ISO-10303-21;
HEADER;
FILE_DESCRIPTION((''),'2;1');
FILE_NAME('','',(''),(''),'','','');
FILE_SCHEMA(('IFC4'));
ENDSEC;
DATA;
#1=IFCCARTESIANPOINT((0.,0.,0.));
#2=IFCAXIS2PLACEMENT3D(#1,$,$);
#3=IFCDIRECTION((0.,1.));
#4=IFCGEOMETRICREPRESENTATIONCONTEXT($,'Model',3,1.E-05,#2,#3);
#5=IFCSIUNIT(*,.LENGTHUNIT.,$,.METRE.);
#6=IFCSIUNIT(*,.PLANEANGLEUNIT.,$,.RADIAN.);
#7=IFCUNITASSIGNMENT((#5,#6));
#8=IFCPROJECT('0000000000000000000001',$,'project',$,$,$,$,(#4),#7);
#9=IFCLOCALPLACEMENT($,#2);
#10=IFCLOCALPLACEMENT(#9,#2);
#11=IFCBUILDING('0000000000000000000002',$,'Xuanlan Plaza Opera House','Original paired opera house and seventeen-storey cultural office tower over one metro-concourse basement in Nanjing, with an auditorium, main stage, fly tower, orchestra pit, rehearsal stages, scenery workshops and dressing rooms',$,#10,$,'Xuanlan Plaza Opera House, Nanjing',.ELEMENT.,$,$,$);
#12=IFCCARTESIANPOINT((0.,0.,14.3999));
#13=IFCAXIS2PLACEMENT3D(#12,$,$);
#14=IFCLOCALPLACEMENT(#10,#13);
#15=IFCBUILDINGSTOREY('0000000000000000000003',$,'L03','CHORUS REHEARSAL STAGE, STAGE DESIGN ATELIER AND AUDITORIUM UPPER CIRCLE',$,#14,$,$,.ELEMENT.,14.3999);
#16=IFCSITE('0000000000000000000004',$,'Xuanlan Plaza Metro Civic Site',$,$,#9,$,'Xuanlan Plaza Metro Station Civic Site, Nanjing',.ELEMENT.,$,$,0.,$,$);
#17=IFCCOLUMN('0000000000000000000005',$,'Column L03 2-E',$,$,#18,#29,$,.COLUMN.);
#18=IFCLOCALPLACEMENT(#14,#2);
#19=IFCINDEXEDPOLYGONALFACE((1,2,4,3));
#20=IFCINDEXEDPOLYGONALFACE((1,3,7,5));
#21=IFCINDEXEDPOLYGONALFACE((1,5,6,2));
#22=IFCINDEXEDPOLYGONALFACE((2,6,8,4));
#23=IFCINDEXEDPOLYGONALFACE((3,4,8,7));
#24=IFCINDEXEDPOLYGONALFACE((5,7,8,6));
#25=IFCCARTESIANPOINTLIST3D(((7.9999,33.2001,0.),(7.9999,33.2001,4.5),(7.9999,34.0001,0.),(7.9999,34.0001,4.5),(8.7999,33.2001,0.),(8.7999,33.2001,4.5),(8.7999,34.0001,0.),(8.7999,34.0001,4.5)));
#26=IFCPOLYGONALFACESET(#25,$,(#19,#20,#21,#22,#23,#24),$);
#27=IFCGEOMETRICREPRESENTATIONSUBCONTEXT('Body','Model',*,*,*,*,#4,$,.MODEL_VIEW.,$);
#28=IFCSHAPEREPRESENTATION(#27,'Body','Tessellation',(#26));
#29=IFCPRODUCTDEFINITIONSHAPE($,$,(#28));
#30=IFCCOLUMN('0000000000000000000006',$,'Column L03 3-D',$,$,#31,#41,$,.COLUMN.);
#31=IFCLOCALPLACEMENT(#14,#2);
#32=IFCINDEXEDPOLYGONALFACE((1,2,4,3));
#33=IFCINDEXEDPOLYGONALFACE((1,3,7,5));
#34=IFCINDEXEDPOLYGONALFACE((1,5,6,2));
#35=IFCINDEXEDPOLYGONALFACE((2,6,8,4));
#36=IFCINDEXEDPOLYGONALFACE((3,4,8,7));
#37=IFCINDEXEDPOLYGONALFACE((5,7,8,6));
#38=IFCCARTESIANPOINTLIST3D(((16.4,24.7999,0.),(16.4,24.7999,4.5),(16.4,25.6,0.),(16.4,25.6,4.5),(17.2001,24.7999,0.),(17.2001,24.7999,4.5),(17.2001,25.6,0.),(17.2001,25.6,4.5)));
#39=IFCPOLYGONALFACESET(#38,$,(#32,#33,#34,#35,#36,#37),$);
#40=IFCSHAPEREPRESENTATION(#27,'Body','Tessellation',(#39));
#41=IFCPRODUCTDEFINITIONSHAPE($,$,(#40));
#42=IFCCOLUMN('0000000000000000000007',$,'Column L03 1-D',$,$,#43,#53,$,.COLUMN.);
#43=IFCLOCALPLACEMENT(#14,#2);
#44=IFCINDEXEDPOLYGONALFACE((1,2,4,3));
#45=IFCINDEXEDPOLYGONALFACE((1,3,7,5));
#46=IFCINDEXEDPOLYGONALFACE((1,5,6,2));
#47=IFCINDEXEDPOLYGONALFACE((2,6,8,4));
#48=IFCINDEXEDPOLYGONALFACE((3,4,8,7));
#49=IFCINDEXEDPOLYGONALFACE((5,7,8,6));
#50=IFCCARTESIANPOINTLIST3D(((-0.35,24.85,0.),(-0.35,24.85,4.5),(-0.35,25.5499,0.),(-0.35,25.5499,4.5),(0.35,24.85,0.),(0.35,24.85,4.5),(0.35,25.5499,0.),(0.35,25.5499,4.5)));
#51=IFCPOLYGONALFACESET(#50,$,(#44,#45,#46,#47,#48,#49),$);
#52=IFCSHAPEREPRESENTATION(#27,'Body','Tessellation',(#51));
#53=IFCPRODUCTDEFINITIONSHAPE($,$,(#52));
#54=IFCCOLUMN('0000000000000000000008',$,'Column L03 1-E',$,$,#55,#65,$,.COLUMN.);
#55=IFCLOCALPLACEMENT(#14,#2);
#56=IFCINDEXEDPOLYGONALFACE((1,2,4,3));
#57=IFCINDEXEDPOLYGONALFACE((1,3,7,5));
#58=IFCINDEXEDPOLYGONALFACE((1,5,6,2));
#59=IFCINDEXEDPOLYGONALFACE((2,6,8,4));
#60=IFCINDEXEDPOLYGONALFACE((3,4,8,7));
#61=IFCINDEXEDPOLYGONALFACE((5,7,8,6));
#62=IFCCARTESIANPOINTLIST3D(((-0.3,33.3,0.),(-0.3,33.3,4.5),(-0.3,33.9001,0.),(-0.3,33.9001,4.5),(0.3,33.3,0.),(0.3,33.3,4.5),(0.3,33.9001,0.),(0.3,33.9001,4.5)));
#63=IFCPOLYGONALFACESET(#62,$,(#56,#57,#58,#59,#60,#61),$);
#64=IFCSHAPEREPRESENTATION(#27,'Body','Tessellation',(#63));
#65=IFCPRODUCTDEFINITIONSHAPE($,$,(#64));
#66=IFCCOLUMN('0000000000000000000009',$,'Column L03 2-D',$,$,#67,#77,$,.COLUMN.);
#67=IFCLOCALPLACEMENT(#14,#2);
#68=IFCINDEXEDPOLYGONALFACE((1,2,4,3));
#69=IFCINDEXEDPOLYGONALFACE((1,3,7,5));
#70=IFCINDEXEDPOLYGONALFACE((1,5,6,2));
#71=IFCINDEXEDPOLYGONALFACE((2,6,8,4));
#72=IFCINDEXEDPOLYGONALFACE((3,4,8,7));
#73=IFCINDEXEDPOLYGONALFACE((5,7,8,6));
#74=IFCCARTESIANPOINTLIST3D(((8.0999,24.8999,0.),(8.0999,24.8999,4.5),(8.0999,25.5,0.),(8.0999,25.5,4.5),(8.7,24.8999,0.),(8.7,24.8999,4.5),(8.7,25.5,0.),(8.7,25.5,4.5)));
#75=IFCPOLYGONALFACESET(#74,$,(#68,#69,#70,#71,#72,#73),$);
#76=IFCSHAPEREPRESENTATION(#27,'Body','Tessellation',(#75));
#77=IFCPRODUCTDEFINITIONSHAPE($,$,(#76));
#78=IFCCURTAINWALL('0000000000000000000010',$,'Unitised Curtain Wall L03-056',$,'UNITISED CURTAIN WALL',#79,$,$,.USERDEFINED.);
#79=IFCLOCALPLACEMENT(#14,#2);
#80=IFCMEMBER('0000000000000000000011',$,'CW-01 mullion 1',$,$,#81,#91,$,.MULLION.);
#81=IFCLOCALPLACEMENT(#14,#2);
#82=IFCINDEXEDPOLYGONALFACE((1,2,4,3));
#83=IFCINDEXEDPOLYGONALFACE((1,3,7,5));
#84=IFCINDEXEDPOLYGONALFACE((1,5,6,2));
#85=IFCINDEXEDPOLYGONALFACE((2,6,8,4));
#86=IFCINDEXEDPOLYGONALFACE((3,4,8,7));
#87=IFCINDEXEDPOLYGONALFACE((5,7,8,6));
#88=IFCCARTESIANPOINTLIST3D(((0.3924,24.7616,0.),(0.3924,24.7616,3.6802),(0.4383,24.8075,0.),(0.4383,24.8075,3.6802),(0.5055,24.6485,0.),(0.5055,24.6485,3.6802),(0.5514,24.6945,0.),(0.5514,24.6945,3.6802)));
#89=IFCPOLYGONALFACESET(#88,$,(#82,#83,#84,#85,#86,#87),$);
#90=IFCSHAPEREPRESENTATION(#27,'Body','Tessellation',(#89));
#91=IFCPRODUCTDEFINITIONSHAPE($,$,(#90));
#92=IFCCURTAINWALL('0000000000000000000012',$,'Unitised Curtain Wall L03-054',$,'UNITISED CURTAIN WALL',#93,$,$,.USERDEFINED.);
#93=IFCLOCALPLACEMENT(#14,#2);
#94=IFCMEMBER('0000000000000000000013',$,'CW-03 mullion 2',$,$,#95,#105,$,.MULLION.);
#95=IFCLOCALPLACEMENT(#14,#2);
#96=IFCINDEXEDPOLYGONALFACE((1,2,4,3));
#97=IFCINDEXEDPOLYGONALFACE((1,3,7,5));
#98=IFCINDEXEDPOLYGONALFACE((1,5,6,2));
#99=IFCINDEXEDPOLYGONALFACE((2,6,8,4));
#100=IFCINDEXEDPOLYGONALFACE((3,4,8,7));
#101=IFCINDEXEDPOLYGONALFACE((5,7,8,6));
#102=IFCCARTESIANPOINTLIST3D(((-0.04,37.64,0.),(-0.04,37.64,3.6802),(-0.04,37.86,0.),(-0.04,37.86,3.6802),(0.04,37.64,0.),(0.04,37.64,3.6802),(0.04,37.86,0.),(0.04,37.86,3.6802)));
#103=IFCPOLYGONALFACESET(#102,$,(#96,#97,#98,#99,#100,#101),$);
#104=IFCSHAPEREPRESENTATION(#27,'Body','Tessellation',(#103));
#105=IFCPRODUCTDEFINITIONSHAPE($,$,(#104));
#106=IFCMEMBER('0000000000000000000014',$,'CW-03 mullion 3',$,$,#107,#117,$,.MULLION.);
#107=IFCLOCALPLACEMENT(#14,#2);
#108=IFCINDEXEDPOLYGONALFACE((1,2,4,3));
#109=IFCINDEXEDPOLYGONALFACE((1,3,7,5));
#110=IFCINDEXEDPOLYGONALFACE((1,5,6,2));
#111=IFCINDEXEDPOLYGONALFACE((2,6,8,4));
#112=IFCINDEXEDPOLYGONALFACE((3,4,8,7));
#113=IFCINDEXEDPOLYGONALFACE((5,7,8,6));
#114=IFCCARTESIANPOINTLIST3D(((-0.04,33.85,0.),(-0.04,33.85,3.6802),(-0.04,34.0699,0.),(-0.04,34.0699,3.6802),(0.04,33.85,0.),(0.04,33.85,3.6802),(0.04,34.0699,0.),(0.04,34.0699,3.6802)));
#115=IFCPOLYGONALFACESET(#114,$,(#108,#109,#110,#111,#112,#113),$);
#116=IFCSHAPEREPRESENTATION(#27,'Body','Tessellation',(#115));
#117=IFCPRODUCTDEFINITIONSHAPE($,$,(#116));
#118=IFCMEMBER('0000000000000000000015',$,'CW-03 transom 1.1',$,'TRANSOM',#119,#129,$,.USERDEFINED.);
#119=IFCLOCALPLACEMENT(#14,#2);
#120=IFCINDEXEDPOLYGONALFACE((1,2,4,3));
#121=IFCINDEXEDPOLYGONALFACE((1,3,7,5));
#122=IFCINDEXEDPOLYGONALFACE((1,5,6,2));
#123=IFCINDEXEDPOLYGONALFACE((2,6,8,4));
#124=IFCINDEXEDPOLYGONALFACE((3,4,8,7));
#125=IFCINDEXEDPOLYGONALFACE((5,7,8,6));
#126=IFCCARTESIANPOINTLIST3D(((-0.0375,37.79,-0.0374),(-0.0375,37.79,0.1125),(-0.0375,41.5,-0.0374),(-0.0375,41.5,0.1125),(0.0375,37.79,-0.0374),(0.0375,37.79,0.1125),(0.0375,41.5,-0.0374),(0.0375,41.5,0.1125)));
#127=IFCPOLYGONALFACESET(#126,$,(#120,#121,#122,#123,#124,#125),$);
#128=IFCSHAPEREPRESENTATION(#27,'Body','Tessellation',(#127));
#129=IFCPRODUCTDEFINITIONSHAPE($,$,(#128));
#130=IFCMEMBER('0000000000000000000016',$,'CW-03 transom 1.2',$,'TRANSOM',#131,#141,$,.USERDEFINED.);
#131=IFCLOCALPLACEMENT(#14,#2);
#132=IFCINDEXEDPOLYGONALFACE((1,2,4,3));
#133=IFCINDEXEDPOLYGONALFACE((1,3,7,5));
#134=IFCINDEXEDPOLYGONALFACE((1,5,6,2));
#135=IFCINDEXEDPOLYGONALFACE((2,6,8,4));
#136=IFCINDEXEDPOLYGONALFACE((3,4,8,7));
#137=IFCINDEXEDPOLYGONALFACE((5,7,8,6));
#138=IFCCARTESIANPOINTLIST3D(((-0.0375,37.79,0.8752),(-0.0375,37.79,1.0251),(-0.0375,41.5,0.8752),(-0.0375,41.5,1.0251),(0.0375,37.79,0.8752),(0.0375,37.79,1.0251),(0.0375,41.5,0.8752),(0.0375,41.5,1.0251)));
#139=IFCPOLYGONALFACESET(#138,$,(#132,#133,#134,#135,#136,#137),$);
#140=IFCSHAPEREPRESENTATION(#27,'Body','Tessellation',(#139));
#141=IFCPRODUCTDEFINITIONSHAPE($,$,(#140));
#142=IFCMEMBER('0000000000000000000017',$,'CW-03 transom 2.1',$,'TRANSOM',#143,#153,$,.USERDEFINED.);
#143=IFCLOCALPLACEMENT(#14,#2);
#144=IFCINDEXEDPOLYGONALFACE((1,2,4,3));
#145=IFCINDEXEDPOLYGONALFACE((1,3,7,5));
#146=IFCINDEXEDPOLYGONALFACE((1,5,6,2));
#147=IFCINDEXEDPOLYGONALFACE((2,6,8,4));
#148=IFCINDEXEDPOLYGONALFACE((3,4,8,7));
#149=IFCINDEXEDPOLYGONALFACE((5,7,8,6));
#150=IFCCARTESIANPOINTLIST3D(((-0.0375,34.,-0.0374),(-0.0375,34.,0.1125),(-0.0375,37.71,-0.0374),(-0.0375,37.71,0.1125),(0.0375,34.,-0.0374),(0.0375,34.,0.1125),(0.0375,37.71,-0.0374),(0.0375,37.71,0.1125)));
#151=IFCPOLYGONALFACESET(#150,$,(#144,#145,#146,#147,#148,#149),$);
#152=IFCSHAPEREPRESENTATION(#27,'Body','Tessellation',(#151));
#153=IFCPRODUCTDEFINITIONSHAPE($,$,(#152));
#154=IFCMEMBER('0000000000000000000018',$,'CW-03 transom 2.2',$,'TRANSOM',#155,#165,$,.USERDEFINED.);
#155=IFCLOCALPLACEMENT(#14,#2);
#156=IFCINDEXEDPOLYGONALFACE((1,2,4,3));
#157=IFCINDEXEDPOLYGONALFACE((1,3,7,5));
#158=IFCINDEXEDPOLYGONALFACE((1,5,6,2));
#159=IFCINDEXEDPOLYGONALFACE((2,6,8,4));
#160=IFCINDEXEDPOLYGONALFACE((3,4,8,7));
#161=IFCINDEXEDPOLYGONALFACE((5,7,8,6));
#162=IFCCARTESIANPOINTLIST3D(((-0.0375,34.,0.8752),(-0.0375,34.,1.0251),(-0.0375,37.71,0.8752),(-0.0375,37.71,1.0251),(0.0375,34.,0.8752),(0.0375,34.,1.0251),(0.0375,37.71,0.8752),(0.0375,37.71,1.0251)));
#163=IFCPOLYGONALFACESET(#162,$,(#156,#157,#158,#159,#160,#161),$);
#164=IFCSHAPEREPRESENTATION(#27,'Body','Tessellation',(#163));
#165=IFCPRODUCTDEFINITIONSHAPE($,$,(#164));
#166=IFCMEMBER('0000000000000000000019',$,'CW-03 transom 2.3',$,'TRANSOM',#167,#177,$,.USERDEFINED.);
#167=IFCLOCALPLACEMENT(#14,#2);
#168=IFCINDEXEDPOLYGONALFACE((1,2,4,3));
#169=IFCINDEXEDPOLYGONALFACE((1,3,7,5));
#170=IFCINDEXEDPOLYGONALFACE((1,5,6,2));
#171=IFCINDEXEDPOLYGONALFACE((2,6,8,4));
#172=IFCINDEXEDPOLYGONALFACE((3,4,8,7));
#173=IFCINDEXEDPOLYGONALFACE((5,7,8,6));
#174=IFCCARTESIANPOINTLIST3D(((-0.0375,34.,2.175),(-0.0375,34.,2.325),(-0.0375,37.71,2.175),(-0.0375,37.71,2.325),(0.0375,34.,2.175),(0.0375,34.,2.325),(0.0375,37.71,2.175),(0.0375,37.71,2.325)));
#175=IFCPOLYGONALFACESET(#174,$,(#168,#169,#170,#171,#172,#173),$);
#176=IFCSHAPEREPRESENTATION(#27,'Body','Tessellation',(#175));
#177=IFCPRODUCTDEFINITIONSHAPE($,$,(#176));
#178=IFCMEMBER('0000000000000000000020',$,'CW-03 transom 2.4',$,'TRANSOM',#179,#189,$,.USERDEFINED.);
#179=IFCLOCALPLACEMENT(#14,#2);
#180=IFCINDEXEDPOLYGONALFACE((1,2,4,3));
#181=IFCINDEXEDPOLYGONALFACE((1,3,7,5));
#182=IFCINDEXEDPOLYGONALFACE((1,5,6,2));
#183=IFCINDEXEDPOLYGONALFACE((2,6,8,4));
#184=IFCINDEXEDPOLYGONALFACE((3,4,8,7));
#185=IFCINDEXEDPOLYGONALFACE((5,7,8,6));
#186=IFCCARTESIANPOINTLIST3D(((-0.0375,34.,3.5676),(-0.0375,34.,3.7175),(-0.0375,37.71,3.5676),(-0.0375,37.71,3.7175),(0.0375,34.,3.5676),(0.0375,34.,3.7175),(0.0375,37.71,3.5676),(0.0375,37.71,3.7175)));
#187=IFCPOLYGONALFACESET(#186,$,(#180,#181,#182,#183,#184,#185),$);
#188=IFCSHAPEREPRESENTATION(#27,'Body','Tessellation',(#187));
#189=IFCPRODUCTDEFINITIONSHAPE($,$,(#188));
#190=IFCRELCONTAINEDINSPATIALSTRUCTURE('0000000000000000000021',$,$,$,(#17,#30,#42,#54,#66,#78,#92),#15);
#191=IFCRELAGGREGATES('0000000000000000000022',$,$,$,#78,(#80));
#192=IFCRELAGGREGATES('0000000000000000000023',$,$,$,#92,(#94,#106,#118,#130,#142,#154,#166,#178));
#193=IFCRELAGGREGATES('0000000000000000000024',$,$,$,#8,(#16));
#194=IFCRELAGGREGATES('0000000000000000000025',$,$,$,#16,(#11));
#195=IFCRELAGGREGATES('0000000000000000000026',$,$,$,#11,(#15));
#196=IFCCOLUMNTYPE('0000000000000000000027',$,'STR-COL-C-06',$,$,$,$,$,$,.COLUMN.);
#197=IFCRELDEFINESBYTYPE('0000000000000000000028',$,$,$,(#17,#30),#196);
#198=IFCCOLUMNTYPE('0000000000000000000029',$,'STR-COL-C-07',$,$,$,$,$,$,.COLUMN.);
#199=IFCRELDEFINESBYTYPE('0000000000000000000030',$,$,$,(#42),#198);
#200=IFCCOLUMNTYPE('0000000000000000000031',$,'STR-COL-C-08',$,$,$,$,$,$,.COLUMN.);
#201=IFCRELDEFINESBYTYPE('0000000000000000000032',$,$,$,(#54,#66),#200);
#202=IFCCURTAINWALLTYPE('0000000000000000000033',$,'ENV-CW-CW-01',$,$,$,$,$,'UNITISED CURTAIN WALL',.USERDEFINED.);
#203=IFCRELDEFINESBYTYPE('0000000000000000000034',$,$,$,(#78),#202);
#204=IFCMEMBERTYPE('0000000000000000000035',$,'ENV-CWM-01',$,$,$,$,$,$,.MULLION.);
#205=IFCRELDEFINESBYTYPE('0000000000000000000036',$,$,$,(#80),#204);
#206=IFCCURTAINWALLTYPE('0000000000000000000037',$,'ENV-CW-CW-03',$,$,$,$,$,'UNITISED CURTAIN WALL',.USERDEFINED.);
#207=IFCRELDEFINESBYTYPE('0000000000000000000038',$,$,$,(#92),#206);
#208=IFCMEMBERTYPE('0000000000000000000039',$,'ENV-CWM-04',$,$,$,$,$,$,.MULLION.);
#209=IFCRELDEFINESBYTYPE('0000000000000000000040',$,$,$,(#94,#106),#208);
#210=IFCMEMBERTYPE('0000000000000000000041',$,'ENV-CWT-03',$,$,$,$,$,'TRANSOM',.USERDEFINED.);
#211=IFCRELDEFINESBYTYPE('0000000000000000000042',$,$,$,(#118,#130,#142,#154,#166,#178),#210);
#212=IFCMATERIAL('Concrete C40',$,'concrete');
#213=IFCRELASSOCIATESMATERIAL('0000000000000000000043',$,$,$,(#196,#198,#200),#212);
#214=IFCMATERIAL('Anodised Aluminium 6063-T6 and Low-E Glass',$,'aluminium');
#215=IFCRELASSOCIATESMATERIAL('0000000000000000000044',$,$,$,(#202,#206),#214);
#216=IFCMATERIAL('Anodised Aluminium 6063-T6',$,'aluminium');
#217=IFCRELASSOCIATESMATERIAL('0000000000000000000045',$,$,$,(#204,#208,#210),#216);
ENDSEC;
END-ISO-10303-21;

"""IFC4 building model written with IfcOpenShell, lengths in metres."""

from ifc_helpers import new_model, si_unit, direction, frame, origin, origin_2d, place, context, subcontext, project, spatial, rectangle, extrude, material, material_profile, profile_set, type_object, element, aggregate, save


model = new_model("IFC4")

# Units and contexts
model_context = context("Model", 3, precision=1e-05, world=origin(), true_north=direction((0.0, 1.0)))
body_context = subcontext(model_context, "Body", "Model", "MODEL_VIEW")
ifc_project = project(units=[si_unit("LENGTHUNIT", "METRE"), si_unit("PLANEANGLEUNIT", "RADIAN")], contexts=[model_context])

# Site, building, storey
site_placement = place(None, origin())
site = spatial("IfcSite", under=ifc_project, at=site_placement, Name="Xuanlan Plaza Metro Civic Site", LongName="Xuanlan Plaza Metro Station Civic Site, Nanjing", CompositionType="ELEMENT", RefElevation=0.0)
building_placement = place(site_placement, origin())
building = spatial("IfcBuilding", under=site, at=building_placement, Name="Xuanlan Plaza Opera House", Description="Original paired opera house and seventeen-storey cultural office tower over one metro-concourse basement in Nanjing, with an auditorium, main stage, fly tower, orchestra pit, rehearsal stages, scenery workshops and dressing rooms", LongName="Xuanlan Plaza Opera House, Nanjing", CompositionType="ELEMENT")
storey_placement = place(building_placement, frame((0.0, 0.0, 14.3999)))
storey = spatial("IfcBuildingStorey", under=building, at=storey_placement, Name="L03", Description="CHORUS REHEARSAL STAGE, STAGE DESIGN ATELIER AND AUDITORIUM UPPER CIRCLE", CompositionType="ELEMENT", Elevation=14.3999)

# Columns
ifc_material_1 = material(Name="Concrete C40", Category="concrete")
ifc_material_profile_1 = material_profile(ifc_material_1, rectangle(XDim=0.8, YDim=0.8, at=origin_2d()), Name="RC-COL 800x800")
ifc_profile_set_1 = profile_set([ifc_material_profile_1], Name="Concrete C40")
column_type_1 = type_object("IfcColumnType", Name="STR-COL-C-06", PredefinedType="COLUMN", material=ifc_profile_set_1)
for number, where, z_axis, x_axis, name in (
    (1, (8.3999, 33.6001, 0.0), (0.0, 0.0, 1.0), (1.0, 0.0, 0.0), "Column L03 2-E"),
    (2, (16.8, 25.2, 0.0), (0.0, 0.0, 1.0), (1.0, 0.0, 0.0), "Column L03 3-D"),
):
    element("IfcColumn", number, at=place(storey_placement, frame(where, z_axis=z_axis, x_axis=x_axis)), inside=storey, type_object=column_type_1, Name=name, PredefinedType="COLUMN", context=body_context, shape_type="SweptSolid", body=[
        extrude(rectangle(XDim=0.8, YDim=0.8, at=origin_2d()), origin(), (0.0, 0.0, 1.0), 4.5),
    ])
ifc_material_profile_2 = material_profile(ifc_material_1, rectangle(XDim=0.7, YDim=0.7, at=origin_2d()), Name="RC-COL 700x700")
ifc_profile_set_2 = profile_set([ifc_material_profile_2], Name="Concrete C40")
column_type_2 = type_object("IfcColumnType", Name="STR-COL-C-07", PredefinedType="COLUMN", material=ifc_profile_set_2)
column_placement = place(storey_placement, frame((0.0, 25.2, 0.0), z_axis=(0.0, 0.0, 1.0), x_axis=(1.0, 0.0, 0.0)))
element("IfcColumn", 3, at=column_placement, inside=storey, type_object=column_type_2, Name="Column L03 1-D", PredefinedType="COLUMN", context=body_context, shape_type="SweptSolid", body=[
    extrude(rectangle(XDim=0.7, YDim=0.7, at=origin_2d()), origin(), (0.0, 0.0, 1.0), 4.5),
])
ifc_material_profile_3 = material_profile(ifc_material_1, rectangle(XDim=0.6001, YDim=0.6001, at=origin_2d()), Name="RC-COL 600x600")
ifc_profile_set_3 = profile_set([ifc_material_profile_3], Name="Concrete C40")
column_type_3 = type_object("IfcColumnType", Name="STR-COL-C-08", PredefinedType="COLUMN", material=ifc_profile_set_3)
for number, where, z_axis, x_axis, name in (
    (4, (0.0, 33.6001, 0.0), (0.0, 0.0, 1.0), (1.0, 0.0, 0.0), "Column L03 1-E"),
    (5, (8.3999, 25.2, 0.0), (0.0, 0.0, 1.0), (1.0, 0.0, 0.0), "Column L03 2-D"),
):
    element("IfcColumn", number, at=place(storey_placement, frame(where, z_axis=z_axis, x_axis=x_axis)), inside=storey, type_object=column_type_3, Name=name, PredefinedType="COLUMN", context=body_context, shape_type="SweptSolid", body=[
        extrude(rectangle(XDim=0.6001, YDim=0.6001, at=origin_2d()), origin(), (0.0, 0.0, 1.0), 4.5),
    ])

# Curtain wall, member
ifc_material_2 = material(Name="Anodised Aluminium 6063-T6 and Low-E Glass", Category="aluminium")
curtain_wall_type_1 = type_object("IfcCurtainWallType", Name="ENV-CW-CW-01", ElementType="UNITISED CURTAIN WALL", PredefinedType="USERDEFINED", material=ifc_material_2)
curtain_wall_1_placement = place(storey_placement, origin())
curtain_wall_1 = element("IfcCurtainWall", 6, at=curtain_wall_1_placement, inside=storey, type_object=curtain_wall_type_1, Name="Unitised Curtain Wall L03-056", ObjectType="UNITISED CURTAIN WALL", PredefinedType="USERDEFINED")
ifc_material_3 = material(Name="Anodised Aluminium 6063-T6", Category="aluminium")
ifc_material_profile_4 = material_profile(ifc_material_3, rectangle(XDim=0.0649, YDim=0.1599, at=origin_2d()), Name="ALU-M 65x160")
ifc_profile_set_4 = profile_set([ifc_material_profile_4], Name="Anodised Aluminium 6063-T6")
member_type_1 = type_object("IfcMemberType", Name="ENV-CWM-01", PredefinedType="MULLION", material=ifc_profile_set_4)
member_1_placement = place(storey_placement, frame((0.4719, 24.728, 0.0), z_axis=(0.0, 0.0, 1.0), x_axis=(0.707107, 0.707107, 0.0)))
member_1 = element("IfcMember", 7, at=member_1_placement, type_object=member_type_1, Name="CW-01 mullion 1", PredefinedType="MULLION", context=body_context, shape_type="SweptSolid", body=[
    extrude(rectangle(XDim=0.0649, YDim=0.1599, at=origin_2d()), origin(), (0.0, 0.0, 1.0), 3.6802),
])
aggregate(curtain_wall_1, [member_1])

# Curtain wall, members
curtain_wall_type_2 = type_object("IfcCurtainWallType", Name="ENV-CW-CW-03", ElementType="UNITISED CURTAIN WALL", PredefinedType="USERDEFINED", material=ifc_material_2)
curtain_wall_2_placement = place(storey_placement, origin())
curtain_wall_2 = element("IfcCurtainWall", 8, at=curtain_wall_2_placement, inside=storey, type_object=curtain_wall_type_2, Name="Unitised Curtain Wall L03-054", ObjectType="UNITISED CURTAIN WALL", PredefinedType="USERDEFINED")
ifc_material_profile_5 = material_profile(ifc_material_3, rectangle(XDim=0.0801, YDim=0.22, at=origin_2d()), Name="ALU-M 80x220")
ifc_profile_set_5 = profile_set([ifc_material_profile_5], Name="Anodised Aluminium 6063-T6")
member_type_2 = type_object("IfcMemberType", Name="ENV-CWM-04", PredefinedType="MULLION", material=ifc_profile_set_5)
member_2_placement = place(storey_placement, frame((0.0, 37.75, 0.0), z_axis=(0.0, 0.0, 1.0), x_axis=(1.0, 0.0, 0.0)))
member_2 = element("IfcMember", 9, at=member_2_placement, type_object=member_type_2, Name="CW-03 mullion 2", PredefinedType="MULLION", context=body_context, shape_type="SweptSolid", body=[
    extrude(rectangle(XDim=0.0801, YDim=0.22, at=origin_2d()), origin(), (0.0, 0.0, 1.0), 3.6802),
])
member_3_placement = place(storey_placement, frame((0.0, 33.96, 0.0), z_axis=(0.0, 0.0, 1.0), x_axis=(1.0, 0.0, 0.0)))
member_3 = element("IfcMember", 10, at=member_3_placement, type_object=member_type_2, Name="CW-03 mullion 3", PredefinedType="MULLION", context=body_context, shape_type="SweptSolid", body=[
    extrude(rectangle(XDim=0.0801, YDim=0.22, at=origin_2d()), origin(), (0.0, 0.0, 1.0), 3.6802),
])
ifc_material_profile_6 = material_profile(ifc_material_3, rectangle(XDim=0.075, YDim=0.1499, at=origin_2d()), Name="ALU-T 75x150")
ifc_profile_set_6 = profile_set([ifc_material_profile_6], Name="Anodised Aluminium 6063-T6")
member_type_3 = type_object("IfcMemberType", Name="ENV-CWT-03", ElementType="TRANSOM", PredefinedType="USERDEFINED", material=ifc_profile_set_6)
member_4_placement = place(storey_placement, frame((0.0, 41.5, 0.0376), z_axis=(0.0, -1.0, 0.0), x_axis=(1.0, 0.0, 0.0)))
member_4 = element("IfcMember", 11, at=member_4_placement, type_object=member_type_3, Name="CW-03 transom 1.1", ObjectType="TRANSOM", PredefinedType="USERDEFINED", context=body_context, shape_type="SweptSolid", body=[
    extrude(rectangle(XDim=0.075, YDim=0.1499, at=origin_2d()), origin(), (0.0, 0.0, 1.0), 3.71),
])
member_5_placement = place(storey_placement, frame((0.0, 41.5, 0.9502), z_axis=(0.0, -1.0, 0.0), x_axis=(1.0, 0.0, 0.0)))
member_5 = element("IfcMember", 12, at=member_5_placement, type_object=member_type_3, Name="CW-03 transom 1.2", ObjectType="TRANSOM", PredefinedType="USERDEFINED", context=body_context, shape_type="SweptSolid", body=[
    extrude(rectangle(XDim=0.075, YDim=0.1499, at=origin_2d()), origin(), (0.0, 0.0, 1.0), 3.71),
])
member_6_placement = place(storey_placement, frame((0.0, 37.71, 0.0376), z_axis=(0.0, -1.0, 0.0), x_axis=(1.0, 0.0, 0.0)))
member_6 = element("IfcMember", 13, at=member_6_placement, type_object=member_type_3, Name="CW-03 transom 2.1", ObjectType="TRANSOM", PredefinedType="USERDEFINED", context=body_context, shape_type="SweptSolid", body=[
    extrude(rectangle(XDim=0.075, YDim=0.1499, at=origin_2d()), origin(), (0.0, 0.0, 1.0), 3.71),
])
member_7_placement = place(storey_placement, frame((0.0, 37.71, 0.9502), z_axis=(0.0, -1.0, 0.0), x_axis=(1.0, 0.0, 0.0)))
member_7 = element("IfcMember", 14, at=member_7_placement, type_object=member_type_3, Name="CW-03 transom 2.2", ObjectType="TRANSOM", PredefinedType="USERDEFINED", context=body_context, shape_type="SweptSolid", body=[
    extrude(rectangle(XDim=0.075, YDim=0.1499, at=origin_2d()), origin(), (0.0, 0.0, 1.0), 3.71),
])
member_8_placement = place(storey_placement, frame((0.0, 37.71, 2.25), z_axis=(0.0, -1.0, 0.0), x_axis=(1.0, 0.0, 0.0)))
member_8 = element("IfcMember", 15, at=member_8_placement, type_object=member_type_3, Name="CW-03 transom 2.3", ObjectType="TRANSOM", PredefinedType="USERDEFINED", context=body_context, shape_type="SweptSolid", body=[
    extrude(rectangle(XDim=0.075, YDim=0.1499, at=origin_2d()), origin(), (0.0, 0.0, 1.0), 3.71),
])
member_9_placement = place(storey_placement, frame((0.0, 37.71, 3.6426), z_axis=(0.0, -1.0, 0.0), x_axis=(1.0, 0.0, 0.0)))
member_9 = element("IfcMember", 16, at=member_9_placement, type_object=member_type_3, Name="CW-03 transom 2.4", ObjectType="TRANSOM", PredefinedType="USERDEFINED", context=body_context, shape_type="SweptSolid", body=[
    extrude(rectangle(XDim=0.075, YDim=0.1499, at=origin_2d()), origin(), (0.0, 0.0, 1.0), 3.71),
])

aggregate(curtain_wall_2, [member_2, member_3, member_4, member_5, member_6, member_7, member_8, member_9])

save(model, "model.ifc")
